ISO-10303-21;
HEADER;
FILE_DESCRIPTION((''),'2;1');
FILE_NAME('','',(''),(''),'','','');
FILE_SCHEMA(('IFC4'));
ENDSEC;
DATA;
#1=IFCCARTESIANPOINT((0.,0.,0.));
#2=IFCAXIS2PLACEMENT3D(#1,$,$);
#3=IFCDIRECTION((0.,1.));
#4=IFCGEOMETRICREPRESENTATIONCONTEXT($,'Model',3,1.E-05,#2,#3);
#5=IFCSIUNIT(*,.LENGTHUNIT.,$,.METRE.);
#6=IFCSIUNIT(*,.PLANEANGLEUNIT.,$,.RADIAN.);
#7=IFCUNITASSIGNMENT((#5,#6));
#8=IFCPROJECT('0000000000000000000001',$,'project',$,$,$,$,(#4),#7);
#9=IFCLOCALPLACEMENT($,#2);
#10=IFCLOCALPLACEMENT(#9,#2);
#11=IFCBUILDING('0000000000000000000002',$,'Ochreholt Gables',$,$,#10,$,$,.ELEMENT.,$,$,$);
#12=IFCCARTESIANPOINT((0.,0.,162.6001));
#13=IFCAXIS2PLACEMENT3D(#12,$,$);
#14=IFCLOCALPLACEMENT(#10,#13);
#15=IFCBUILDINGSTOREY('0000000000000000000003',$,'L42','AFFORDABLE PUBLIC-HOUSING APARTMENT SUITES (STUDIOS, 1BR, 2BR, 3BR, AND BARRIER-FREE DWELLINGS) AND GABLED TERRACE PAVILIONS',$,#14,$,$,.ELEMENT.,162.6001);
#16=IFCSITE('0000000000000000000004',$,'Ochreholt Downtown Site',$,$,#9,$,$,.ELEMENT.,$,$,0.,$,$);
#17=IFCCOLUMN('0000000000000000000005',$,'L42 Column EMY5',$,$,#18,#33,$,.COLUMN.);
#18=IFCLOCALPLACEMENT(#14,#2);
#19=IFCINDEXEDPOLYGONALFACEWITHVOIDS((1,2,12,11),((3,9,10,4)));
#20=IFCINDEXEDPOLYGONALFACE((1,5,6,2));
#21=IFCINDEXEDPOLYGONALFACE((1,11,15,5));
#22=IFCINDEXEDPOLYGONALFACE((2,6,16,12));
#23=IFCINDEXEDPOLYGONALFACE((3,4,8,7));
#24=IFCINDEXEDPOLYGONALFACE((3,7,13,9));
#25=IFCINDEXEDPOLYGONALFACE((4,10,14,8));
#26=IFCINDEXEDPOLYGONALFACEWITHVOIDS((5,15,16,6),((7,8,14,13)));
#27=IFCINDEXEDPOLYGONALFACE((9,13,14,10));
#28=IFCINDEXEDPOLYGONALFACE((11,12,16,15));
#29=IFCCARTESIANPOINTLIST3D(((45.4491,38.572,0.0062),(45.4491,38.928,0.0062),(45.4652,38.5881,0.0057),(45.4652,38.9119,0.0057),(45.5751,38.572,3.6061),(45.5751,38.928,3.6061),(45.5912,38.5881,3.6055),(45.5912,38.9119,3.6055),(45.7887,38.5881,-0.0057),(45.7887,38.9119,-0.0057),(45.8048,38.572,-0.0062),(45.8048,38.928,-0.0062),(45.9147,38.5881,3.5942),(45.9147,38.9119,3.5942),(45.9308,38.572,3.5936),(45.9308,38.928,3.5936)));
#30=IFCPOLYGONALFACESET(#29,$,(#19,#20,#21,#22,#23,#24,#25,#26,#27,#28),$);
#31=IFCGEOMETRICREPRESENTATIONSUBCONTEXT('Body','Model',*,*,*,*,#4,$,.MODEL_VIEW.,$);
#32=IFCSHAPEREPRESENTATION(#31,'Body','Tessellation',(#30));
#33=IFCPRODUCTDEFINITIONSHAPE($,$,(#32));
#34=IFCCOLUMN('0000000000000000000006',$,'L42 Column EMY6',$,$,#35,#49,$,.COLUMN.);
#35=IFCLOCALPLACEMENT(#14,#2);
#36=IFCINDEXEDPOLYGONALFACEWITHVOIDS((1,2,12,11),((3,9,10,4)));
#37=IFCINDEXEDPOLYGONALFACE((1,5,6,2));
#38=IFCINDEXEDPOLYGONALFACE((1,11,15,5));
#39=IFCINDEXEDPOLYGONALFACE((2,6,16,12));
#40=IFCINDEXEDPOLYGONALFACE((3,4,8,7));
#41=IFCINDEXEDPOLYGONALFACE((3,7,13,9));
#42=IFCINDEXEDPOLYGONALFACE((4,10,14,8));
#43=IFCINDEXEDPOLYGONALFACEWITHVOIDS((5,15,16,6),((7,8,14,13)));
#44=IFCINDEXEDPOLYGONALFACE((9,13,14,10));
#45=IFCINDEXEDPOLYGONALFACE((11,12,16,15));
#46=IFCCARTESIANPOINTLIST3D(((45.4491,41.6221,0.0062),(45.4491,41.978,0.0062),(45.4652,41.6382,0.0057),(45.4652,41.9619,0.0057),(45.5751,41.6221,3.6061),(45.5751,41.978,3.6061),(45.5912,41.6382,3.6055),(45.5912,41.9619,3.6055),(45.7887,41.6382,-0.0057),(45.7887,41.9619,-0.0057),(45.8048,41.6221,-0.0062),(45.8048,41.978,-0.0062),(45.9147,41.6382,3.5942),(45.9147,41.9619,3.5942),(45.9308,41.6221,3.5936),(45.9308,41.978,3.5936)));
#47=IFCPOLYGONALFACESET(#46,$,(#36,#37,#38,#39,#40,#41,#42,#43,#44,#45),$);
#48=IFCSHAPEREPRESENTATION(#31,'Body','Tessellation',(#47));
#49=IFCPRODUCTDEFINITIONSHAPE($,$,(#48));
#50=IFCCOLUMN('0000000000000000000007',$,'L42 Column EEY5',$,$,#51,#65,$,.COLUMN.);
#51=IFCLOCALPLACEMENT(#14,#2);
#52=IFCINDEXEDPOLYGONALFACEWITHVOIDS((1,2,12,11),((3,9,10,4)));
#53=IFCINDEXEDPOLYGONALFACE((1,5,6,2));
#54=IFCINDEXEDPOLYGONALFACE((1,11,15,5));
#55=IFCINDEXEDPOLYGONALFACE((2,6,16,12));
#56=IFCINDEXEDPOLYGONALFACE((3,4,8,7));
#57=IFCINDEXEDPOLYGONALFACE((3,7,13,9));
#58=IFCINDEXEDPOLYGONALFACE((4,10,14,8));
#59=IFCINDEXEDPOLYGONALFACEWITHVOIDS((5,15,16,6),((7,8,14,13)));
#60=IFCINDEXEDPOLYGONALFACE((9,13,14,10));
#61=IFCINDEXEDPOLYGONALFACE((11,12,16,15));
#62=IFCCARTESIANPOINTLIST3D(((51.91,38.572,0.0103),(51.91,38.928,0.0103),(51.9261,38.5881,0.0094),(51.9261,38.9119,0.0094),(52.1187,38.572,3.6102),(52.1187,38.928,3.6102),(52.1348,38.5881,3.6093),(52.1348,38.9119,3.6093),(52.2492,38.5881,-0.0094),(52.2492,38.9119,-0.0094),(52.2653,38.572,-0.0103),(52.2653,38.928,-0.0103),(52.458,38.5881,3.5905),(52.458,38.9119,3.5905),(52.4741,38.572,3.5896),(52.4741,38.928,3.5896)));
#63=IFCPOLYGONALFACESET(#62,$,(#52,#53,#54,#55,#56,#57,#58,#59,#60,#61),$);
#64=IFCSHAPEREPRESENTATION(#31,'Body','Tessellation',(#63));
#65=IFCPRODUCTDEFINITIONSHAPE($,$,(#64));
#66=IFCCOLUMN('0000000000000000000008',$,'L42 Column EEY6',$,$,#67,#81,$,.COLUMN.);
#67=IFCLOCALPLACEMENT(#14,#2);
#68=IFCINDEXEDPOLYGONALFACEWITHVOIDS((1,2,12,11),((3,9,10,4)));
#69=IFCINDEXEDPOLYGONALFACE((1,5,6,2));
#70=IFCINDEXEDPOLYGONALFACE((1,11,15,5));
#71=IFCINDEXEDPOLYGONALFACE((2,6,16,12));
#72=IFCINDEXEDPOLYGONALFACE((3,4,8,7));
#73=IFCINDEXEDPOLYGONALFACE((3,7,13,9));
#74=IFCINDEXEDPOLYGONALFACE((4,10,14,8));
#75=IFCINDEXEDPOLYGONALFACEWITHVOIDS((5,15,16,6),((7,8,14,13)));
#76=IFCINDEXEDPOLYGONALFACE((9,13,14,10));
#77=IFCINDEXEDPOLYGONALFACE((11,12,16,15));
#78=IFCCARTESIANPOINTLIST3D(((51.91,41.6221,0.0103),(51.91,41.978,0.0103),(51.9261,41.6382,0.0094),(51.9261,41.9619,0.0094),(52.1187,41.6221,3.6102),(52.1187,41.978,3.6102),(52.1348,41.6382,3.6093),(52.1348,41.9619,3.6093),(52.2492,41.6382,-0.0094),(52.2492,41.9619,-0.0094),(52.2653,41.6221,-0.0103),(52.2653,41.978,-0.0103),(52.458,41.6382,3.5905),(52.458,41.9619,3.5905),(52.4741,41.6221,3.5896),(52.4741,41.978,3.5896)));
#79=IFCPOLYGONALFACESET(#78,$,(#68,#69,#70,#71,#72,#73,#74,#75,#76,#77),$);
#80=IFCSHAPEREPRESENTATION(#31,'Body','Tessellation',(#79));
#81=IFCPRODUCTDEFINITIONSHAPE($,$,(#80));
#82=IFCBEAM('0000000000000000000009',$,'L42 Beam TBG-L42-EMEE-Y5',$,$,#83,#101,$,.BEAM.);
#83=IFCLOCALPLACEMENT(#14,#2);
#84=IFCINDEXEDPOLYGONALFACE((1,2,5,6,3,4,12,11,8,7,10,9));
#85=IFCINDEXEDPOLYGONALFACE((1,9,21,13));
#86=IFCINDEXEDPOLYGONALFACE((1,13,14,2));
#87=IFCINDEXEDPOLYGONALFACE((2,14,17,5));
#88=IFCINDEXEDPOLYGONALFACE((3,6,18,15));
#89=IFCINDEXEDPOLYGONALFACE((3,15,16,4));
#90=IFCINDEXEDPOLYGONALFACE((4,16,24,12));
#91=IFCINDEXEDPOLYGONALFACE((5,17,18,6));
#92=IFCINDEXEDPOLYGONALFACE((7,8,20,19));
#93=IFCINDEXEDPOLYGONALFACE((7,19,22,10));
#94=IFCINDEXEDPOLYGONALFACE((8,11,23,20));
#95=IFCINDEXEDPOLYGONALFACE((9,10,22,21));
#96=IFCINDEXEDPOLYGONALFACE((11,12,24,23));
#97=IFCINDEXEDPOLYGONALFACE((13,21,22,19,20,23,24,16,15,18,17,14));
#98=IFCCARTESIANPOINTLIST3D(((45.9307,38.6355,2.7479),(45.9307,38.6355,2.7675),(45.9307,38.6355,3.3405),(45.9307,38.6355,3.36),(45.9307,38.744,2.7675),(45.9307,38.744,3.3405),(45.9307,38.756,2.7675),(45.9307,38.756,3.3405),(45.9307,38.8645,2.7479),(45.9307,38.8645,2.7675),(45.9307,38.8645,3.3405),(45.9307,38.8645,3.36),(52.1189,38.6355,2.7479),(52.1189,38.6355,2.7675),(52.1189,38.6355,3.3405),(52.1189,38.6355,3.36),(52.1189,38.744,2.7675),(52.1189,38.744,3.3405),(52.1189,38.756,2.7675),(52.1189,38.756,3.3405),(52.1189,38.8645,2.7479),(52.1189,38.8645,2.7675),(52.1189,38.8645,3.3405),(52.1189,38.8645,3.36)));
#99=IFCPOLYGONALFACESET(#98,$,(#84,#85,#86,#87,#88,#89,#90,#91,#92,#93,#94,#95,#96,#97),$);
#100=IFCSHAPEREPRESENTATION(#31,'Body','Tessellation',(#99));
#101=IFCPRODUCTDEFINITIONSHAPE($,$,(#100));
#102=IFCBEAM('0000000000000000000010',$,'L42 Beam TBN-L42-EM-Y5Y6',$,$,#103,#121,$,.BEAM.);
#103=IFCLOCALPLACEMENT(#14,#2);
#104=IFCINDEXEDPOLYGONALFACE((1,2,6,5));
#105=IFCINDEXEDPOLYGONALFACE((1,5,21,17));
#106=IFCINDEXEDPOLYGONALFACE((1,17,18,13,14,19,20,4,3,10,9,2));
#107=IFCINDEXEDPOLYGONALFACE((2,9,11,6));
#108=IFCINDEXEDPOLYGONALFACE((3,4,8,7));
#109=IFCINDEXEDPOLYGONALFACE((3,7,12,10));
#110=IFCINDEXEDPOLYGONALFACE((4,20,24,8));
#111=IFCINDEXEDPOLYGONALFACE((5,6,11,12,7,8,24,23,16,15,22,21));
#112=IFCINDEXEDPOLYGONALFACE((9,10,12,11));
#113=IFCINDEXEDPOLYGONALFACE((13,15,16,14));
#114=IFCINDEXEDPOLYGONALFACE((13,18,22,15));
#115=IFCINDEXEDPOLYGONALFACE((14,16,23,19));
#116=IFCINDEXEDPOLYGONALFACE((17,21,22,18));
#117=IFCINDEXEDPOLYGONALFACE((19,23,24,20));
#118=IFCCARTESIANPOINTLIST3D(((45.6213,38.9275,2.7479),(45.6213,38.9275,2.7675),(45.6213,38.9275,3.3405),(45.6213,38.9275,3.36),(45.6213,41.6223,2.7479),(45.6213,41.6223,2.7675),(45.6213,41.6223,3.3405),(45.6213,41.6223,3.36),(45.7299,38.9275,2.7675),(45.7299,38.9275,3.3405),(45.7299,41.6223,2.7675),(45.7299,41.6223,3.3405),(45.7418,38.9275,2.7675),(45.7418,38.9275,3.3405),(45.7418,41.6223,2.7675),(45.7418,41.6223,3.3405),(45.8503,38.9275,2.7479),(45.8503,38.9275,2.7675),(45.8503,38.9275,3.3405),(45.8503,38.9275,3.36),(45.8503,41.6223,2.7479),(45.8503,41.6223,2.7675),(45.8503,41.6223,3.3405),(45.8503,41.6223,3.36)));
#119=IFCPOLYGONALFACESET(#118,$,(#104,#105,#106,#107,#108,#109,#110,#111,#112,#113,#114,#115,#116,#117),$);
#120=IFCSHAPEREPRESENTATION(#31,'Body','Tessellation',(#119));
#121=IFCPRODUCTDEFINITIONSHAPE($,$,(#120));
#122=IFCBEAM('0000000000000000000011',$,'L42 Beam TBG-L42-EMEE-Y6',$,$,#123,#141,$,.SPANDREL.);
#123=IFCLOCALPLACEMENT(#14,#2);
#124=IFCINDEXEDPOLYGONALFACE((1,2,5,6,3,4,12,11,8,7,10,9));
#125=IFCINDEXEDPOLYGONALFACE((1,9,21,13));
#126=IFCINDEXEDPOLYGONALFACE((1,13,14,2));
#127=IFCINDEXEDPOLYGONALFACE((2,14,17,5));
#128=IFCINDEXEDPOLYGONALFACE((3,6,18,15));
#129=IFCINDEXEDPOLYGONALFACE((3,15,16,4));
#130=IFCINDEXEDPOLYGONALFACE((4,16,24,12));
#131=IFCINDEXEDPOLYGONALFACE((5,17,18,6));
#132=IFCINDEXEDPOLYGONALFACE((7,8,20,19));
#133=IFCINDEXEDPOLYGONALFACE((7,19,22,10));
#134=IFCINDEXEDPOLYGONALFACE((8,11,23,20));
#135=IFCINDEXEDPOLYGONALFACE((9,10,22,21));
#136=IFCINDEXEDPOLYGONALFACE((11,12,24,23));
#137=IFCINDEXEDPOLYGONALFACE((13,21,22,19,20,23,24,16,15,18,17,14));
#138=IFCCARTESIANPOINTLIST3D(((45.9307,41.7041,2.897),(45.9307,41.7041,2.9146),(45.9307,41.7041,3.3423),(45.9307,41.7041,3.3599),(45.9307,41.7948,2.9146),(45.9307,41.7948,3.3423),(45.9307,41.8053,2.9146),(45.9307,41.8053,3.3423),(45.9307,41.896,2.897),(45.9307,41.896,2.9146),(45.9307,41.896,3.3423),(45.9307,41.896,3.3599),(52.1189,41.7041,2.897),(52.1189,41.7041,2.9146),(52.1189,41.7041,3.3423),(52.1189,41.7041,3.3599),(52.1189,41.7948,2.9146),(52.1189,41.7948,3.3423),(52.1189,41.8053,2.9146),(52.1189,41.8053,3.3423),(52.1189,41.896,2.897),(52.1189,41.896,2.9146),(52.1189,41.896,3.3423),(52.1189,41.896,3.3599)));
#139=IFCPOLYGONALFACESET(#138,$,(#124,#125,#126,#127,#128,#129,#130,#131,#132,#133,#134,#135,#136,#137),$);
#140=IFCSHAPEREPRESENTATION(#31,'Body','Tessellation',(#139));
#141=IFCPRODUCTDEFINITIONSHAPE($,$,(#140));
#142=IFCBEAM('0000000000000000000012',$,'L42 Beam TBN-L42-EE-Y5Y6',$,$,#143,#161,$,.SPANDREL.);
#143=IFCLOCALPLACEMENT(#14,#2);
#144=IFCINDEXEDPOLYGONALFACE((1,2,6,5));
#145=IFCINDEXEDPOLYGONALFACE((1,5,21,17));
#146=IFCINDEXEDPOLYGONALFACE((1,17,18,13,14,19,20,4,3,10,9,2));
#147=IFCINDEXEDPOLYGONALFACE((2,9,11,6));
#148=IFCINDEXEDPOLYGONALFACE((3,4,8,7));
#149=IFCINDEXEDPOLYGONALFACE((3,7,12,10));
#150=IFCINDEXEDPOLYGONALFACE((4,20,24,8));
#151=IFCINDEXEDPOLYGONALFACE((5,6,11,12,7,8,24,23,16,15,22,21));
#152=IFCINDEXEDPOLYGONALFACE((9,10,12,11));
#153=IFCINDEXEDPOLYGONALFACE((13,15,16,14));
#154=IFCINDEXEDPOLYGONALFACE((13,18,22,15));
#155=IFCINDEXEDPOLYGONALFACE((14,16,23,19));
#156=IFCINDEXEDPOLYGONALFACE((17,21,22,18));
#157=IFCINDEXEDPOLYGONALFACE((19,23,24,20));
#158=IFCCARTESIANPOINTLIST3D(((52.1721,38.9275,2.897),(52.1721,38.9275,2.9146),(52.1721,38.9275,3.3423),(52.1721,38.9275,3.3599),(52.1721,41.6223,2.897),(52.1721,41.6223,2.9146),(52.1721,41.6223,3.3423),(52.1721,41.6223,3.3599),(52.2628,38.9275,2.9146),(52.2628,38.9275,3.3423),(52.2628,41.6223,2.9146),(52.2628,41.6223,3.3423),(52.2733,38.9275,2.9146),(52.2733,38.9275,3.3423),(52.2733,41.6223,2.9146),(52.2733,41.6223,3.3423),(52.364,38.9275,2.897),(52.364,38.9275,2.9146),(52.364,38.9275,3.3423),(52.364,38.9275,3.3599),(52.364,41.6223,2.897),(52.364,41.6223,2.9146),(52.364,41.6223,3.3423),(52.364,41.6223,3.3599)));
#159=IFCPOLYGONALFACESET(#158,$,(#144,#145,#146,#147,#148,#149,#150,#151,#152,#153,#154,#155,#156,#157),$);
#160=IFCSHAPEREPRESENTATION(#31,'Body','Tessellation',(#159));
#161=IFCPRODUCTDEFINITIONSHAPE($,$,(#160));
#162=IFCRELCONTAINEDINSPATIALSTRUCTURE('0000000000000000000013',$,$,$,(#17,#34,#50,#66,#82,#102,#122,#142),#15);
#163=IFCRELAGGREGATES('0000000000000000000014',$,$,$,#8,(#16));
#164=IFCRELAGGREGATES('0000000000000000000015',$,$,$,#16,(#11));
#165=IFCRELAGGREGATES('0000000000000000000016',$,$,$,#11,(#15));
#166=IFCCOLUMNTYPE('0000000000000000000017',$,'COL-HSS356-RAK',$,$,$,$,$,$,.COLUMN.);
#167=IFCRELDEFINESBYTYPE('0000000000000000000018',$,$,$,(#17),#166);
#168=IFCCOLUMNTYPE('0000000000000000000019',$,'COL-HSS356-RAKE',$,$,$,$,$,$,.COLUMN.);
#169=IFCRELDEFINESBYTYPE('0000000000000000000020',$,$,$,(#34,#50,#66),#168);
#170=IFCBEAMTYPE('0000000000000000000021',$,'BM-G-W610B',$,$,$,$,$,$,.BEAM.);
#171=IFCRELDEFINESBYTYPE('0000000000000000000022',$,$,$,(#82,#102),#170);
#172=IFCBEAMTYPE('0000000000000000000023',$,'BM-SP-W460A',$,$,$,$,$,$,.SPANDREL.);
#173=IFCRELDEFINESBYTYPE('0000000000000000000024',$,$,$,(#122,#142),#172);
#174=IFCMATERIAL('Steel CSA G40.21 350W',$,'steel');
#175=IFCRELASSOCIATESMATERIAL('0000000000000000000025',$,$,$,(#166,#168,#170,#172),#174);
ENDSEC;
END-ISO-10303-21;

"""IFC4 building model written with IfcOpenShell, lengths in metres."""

from ifc_helpers import new_model, si_unit, direction, frame, origin, origin_2d, place, context, subcontext, project, spatial, hollow_rectangle, i_section, extrude, material, material_profile, profile_set, type_object, element, save


model = new_model("IFC4")

# Units and contexts
model_context = context("Model", 3, precision=1e-05, world=origin(), true_north=direction((0.0, 1.0)))
body_context = subcontext(model_context, "Body", "Model", "MODEL_VIEW")
ifc_project = project(units=[si_unit("LENGTHUNIT", "METRE"), si_unit("PLANEANGLEUNIT", "RADIAN")], contexts=[model_context])

# Site, building, storey
site_placement = place(None, origin())
site = spatial("IfcSite", under=ifc_project, at=site_placement, Name="Ochreholt Downtown Site", CompositionType="ELEMENT", RefElevation=0.0)
building_placement = place(site_placement, origin())
building = spatial("IfcBuilding", under=site, at=building_placement, Name="Ochreholt Gables", CompositionType="ELEMENT")
storey_placement = place(building_placement, frame((0.0, 0.0, 162.6001)))
storey = spatial("IfcBuildingStorey", under=building, at=storey_placement, Name="L42", Description="AFFORDABLE PUBLIC-HOUSING APARTMENT SUITES (STUDIOS, 1BR, 2BR, 3BR, AND BARRIER-FREE DWELLINGS) AND GABLED TERRACE PAVILIONS", CompositionType="ELEMENT", Elevation=162.6001)

# Columns
ifc_material_1 = material(Name="Steel CSA G40.21 350W", Category="steel")
ifc_material_profile_1 = material_profile(ifc_material_1, hollow_rectangle(XDim=0.356, YDim=0.356, WallThickness=0.0161, at=origin_2d()), Name="HSS356X356X16")
ifc_profile_set_1 = profile_set([ifc_material_profile_1], Name="Steel CSA G40.21 350W")
column_type_1 = type_object("IfcColumnType", Name="COL-HSS356-RAK", PredefinedType="COLUMN", material=ifc_profile_set_1)
column_1_placement = place(storey_placement, frame((45.627, 38.75, 0.0), z_axis=(0.034974, 0.0, 0.999388), x_axis=(0.0, 1.0, 0.0)))
element("IfcColumn", 1, at=column_1_placement, inside=storey, type_object=column_type_1, Name="L42 Column EMY5", PredefinedType="COLUMN", context=body_context, shape_type="SweptSolid", body=[
    extrude(hollow_rectangle(XDim=0.356, YDim=0.356, WallThickness=0.0161, at=origin_2d()), origin(), (0.0, 0.0, 1.0), 3.6021),
])
ifc_material_profile_2 = material_profile(ifc_material_1, hollow_rectangle(XDim=0.356, YDim=0.356, WallThickness=0.0161, at=origin_2d()), Name="HSS356X356X16")
ifc_profile_set_2 = profile_set([ifc_material_profile_2], Name="Steel CSA G40.21 350W")
column_type_2 = type_object("IfcColumnType", Name="COL-HSS356-RAKE", PredefinedType="COLUMN", material=ifc_profile_set_2)
column_2_placement = place(storey_placement, frame((45.627, 41.8, 0.0), z_axis=(0.034974, 0.0, 0.999388), x_axis=(0.0, 1.0, 0.0)))
element("IfcColumn", 2, at=column_2_placement, inside=storey, type_object=column_type_2, Name="L42 Column EMY6", PredefinedType="COLUMN", context=body_context, shape_type="SweptSolid", body=[
    extrude(hollow_rectangle(XDim=0.356, YDim=0.356, WallThickness=0.0161, at=origin_2d()), origin(), (0.0, 0.0, 1.0), 3.6021),
])
for number, where, z_axis, x_axis, name in (
    (3, (52.0876, 38.75, 0.0), (0.057889, 0.0, 0.998323), (0.0, 1.0, 0.0), "L42 Column EEY5"),
    (4, (52.0876, 41.8, 0.0), (0.057889, 0.0, 0.998323), (0.0, 1.0, 0.0), "L42 Column EEY6"),
):
    element("IfcColumn", number, at=place(storey_placement, frame(where, z_axis=z_axis, x_axis=x_axis)), inside=storey, type_object=column_type_2, Name=name, PredefinedType="COLUMN", context=body_context, shape_type="SweptSolid", body=[
        extrude(hollow_rectangle(XDim=0.356, YDim=0.356, WallThickness=0.0161, at=origin_2d()), origin(), (0.0, 0.0, 1.0), 3.606),
    ])

# Beams
ifc_material_profile_3 = material_profile(ifc_material_1, i_section(OverallWidth=0.229, OverallDepth=0.6121, WebThickness=0.012, FlangeThickness=0.0195, at=origin_2d()), Name="W610X125")
ifc_profile_set_3 = profile_set([ifc_material_profile_3], Name="Steel CSA G40.21 350W")
beam_type_1 = type_object("IfcBeamType", Name="BM-G-W610B", PredefinedType="BEAM", material=ifc_profile_set_3)
beam_1_placement = place(storey_placement, frame((45.9307, 38.75, 3.054), z_axis=(1.0, 0.0, 0.0), x_axis=(0.0, 1.0, 0.0)))
element("IfcBeam", 5, at=beam_1_placement, inside=storey, type_object=beam_type_1, Name="L42 Beam TBG-L42-EMEE-Y5", PredefinedType="BEAM", context=body_context, shape_type="SweptSolid", body=[
    extrude(i_section(OverallWidth=0.229, OverallDepth=0.6121, WebThickness=0.012, FlangeThickness=0.0195, at=origin_2d()), origin(), (0.0, 0.0, 1.0), 6.1882),
])
beam_2_placement = place(storey_placement, frame((45.7358, 38.9275, 3.054), z_axis=(0.0, 1.0, 0.0), x_axis=(-1.0, 0.0, 0.0)))
element("IfcBeam", 6, at=beam_2_placement, inside=storey, type_object=beam_type_1, Name="L42 Beam TBN-L42-EM-Y5Y6", PredefinedType="BEAM", context=body_context, shape_type="SweptSolid", body=[
    extrude(i_section(OverallWidth=0.229, OverallDepth=0.6121, WebThickness=0.012, FlangeThickness=0.0195, at=origin_2d()), origin(), (0.0, 0.0, 1.0), 2.6948),
])
ifc_material_profile_4 = material_profile(ifc_material_1, i_section(OverallWidth=0.1919, OverallDepth=0.4629, WebThickness=0.0105, FlangeThickness=0.0176, at=origin_2d()), Name="W460X89")
ifc_profile_set_4 = profile_set([ifc_material_profile_4], Name="Steel CSA G40.21 350W")
beam_type_2 = type_object("IfcBeamType", Name="BM-SP-W460A", PredefinedType="SPANDREL", material=ifc_profile_set_4)
beam_3_placement = place(storey_placement, frame((45.9307, 41.8, 3.1284), z_axis=(1.0, 0.0, 0.0), x_axis=(0.0, 1.0, 0.0)))
element("IfcBeam", 7, at=beam_3_placement, inside=storey, type_object=beam_type_2, Name="L42 Beam TBG-L42-EMEE-Y6", PredefinedType="SPANDREL", context=body_context, shape_type="SweptSolid", body=[
    extrude(i_section(OverallWidth=0.1919, OverallDepth=0.4629, WebThickness=0.0105, FlangeThickness=0.0176, at=origin_2d()), origin(), (0.0, 0.0, 1.0), 6.1882),
])
beam_4_placement = place(storey_placement, frame((52.2681, 38.9275, 3.1284), z_axis=(0.0, 1.0, 0.0), x_axis=(-1.0, 0.0, 0.0)))
element("IfcBeam", 8, at=beam_4_placement, inside=storey, type_object=beam_type_2, Name="L42 Beam TBN-L42-EE-Y5Y6", PredefinedType="SPANDREL", context=body_context, shape_type="SweptSolid", body=[
    extrude(i_section(OverallWidth=0.1919, OverallDepth=0.4629, WebThickness=0.0105, FlangeThickness=0.0176, at=origin_2d()), origin(), (0.0, 0.0, 1.0), 2.6948),
])

save(model, "model.ifc")
